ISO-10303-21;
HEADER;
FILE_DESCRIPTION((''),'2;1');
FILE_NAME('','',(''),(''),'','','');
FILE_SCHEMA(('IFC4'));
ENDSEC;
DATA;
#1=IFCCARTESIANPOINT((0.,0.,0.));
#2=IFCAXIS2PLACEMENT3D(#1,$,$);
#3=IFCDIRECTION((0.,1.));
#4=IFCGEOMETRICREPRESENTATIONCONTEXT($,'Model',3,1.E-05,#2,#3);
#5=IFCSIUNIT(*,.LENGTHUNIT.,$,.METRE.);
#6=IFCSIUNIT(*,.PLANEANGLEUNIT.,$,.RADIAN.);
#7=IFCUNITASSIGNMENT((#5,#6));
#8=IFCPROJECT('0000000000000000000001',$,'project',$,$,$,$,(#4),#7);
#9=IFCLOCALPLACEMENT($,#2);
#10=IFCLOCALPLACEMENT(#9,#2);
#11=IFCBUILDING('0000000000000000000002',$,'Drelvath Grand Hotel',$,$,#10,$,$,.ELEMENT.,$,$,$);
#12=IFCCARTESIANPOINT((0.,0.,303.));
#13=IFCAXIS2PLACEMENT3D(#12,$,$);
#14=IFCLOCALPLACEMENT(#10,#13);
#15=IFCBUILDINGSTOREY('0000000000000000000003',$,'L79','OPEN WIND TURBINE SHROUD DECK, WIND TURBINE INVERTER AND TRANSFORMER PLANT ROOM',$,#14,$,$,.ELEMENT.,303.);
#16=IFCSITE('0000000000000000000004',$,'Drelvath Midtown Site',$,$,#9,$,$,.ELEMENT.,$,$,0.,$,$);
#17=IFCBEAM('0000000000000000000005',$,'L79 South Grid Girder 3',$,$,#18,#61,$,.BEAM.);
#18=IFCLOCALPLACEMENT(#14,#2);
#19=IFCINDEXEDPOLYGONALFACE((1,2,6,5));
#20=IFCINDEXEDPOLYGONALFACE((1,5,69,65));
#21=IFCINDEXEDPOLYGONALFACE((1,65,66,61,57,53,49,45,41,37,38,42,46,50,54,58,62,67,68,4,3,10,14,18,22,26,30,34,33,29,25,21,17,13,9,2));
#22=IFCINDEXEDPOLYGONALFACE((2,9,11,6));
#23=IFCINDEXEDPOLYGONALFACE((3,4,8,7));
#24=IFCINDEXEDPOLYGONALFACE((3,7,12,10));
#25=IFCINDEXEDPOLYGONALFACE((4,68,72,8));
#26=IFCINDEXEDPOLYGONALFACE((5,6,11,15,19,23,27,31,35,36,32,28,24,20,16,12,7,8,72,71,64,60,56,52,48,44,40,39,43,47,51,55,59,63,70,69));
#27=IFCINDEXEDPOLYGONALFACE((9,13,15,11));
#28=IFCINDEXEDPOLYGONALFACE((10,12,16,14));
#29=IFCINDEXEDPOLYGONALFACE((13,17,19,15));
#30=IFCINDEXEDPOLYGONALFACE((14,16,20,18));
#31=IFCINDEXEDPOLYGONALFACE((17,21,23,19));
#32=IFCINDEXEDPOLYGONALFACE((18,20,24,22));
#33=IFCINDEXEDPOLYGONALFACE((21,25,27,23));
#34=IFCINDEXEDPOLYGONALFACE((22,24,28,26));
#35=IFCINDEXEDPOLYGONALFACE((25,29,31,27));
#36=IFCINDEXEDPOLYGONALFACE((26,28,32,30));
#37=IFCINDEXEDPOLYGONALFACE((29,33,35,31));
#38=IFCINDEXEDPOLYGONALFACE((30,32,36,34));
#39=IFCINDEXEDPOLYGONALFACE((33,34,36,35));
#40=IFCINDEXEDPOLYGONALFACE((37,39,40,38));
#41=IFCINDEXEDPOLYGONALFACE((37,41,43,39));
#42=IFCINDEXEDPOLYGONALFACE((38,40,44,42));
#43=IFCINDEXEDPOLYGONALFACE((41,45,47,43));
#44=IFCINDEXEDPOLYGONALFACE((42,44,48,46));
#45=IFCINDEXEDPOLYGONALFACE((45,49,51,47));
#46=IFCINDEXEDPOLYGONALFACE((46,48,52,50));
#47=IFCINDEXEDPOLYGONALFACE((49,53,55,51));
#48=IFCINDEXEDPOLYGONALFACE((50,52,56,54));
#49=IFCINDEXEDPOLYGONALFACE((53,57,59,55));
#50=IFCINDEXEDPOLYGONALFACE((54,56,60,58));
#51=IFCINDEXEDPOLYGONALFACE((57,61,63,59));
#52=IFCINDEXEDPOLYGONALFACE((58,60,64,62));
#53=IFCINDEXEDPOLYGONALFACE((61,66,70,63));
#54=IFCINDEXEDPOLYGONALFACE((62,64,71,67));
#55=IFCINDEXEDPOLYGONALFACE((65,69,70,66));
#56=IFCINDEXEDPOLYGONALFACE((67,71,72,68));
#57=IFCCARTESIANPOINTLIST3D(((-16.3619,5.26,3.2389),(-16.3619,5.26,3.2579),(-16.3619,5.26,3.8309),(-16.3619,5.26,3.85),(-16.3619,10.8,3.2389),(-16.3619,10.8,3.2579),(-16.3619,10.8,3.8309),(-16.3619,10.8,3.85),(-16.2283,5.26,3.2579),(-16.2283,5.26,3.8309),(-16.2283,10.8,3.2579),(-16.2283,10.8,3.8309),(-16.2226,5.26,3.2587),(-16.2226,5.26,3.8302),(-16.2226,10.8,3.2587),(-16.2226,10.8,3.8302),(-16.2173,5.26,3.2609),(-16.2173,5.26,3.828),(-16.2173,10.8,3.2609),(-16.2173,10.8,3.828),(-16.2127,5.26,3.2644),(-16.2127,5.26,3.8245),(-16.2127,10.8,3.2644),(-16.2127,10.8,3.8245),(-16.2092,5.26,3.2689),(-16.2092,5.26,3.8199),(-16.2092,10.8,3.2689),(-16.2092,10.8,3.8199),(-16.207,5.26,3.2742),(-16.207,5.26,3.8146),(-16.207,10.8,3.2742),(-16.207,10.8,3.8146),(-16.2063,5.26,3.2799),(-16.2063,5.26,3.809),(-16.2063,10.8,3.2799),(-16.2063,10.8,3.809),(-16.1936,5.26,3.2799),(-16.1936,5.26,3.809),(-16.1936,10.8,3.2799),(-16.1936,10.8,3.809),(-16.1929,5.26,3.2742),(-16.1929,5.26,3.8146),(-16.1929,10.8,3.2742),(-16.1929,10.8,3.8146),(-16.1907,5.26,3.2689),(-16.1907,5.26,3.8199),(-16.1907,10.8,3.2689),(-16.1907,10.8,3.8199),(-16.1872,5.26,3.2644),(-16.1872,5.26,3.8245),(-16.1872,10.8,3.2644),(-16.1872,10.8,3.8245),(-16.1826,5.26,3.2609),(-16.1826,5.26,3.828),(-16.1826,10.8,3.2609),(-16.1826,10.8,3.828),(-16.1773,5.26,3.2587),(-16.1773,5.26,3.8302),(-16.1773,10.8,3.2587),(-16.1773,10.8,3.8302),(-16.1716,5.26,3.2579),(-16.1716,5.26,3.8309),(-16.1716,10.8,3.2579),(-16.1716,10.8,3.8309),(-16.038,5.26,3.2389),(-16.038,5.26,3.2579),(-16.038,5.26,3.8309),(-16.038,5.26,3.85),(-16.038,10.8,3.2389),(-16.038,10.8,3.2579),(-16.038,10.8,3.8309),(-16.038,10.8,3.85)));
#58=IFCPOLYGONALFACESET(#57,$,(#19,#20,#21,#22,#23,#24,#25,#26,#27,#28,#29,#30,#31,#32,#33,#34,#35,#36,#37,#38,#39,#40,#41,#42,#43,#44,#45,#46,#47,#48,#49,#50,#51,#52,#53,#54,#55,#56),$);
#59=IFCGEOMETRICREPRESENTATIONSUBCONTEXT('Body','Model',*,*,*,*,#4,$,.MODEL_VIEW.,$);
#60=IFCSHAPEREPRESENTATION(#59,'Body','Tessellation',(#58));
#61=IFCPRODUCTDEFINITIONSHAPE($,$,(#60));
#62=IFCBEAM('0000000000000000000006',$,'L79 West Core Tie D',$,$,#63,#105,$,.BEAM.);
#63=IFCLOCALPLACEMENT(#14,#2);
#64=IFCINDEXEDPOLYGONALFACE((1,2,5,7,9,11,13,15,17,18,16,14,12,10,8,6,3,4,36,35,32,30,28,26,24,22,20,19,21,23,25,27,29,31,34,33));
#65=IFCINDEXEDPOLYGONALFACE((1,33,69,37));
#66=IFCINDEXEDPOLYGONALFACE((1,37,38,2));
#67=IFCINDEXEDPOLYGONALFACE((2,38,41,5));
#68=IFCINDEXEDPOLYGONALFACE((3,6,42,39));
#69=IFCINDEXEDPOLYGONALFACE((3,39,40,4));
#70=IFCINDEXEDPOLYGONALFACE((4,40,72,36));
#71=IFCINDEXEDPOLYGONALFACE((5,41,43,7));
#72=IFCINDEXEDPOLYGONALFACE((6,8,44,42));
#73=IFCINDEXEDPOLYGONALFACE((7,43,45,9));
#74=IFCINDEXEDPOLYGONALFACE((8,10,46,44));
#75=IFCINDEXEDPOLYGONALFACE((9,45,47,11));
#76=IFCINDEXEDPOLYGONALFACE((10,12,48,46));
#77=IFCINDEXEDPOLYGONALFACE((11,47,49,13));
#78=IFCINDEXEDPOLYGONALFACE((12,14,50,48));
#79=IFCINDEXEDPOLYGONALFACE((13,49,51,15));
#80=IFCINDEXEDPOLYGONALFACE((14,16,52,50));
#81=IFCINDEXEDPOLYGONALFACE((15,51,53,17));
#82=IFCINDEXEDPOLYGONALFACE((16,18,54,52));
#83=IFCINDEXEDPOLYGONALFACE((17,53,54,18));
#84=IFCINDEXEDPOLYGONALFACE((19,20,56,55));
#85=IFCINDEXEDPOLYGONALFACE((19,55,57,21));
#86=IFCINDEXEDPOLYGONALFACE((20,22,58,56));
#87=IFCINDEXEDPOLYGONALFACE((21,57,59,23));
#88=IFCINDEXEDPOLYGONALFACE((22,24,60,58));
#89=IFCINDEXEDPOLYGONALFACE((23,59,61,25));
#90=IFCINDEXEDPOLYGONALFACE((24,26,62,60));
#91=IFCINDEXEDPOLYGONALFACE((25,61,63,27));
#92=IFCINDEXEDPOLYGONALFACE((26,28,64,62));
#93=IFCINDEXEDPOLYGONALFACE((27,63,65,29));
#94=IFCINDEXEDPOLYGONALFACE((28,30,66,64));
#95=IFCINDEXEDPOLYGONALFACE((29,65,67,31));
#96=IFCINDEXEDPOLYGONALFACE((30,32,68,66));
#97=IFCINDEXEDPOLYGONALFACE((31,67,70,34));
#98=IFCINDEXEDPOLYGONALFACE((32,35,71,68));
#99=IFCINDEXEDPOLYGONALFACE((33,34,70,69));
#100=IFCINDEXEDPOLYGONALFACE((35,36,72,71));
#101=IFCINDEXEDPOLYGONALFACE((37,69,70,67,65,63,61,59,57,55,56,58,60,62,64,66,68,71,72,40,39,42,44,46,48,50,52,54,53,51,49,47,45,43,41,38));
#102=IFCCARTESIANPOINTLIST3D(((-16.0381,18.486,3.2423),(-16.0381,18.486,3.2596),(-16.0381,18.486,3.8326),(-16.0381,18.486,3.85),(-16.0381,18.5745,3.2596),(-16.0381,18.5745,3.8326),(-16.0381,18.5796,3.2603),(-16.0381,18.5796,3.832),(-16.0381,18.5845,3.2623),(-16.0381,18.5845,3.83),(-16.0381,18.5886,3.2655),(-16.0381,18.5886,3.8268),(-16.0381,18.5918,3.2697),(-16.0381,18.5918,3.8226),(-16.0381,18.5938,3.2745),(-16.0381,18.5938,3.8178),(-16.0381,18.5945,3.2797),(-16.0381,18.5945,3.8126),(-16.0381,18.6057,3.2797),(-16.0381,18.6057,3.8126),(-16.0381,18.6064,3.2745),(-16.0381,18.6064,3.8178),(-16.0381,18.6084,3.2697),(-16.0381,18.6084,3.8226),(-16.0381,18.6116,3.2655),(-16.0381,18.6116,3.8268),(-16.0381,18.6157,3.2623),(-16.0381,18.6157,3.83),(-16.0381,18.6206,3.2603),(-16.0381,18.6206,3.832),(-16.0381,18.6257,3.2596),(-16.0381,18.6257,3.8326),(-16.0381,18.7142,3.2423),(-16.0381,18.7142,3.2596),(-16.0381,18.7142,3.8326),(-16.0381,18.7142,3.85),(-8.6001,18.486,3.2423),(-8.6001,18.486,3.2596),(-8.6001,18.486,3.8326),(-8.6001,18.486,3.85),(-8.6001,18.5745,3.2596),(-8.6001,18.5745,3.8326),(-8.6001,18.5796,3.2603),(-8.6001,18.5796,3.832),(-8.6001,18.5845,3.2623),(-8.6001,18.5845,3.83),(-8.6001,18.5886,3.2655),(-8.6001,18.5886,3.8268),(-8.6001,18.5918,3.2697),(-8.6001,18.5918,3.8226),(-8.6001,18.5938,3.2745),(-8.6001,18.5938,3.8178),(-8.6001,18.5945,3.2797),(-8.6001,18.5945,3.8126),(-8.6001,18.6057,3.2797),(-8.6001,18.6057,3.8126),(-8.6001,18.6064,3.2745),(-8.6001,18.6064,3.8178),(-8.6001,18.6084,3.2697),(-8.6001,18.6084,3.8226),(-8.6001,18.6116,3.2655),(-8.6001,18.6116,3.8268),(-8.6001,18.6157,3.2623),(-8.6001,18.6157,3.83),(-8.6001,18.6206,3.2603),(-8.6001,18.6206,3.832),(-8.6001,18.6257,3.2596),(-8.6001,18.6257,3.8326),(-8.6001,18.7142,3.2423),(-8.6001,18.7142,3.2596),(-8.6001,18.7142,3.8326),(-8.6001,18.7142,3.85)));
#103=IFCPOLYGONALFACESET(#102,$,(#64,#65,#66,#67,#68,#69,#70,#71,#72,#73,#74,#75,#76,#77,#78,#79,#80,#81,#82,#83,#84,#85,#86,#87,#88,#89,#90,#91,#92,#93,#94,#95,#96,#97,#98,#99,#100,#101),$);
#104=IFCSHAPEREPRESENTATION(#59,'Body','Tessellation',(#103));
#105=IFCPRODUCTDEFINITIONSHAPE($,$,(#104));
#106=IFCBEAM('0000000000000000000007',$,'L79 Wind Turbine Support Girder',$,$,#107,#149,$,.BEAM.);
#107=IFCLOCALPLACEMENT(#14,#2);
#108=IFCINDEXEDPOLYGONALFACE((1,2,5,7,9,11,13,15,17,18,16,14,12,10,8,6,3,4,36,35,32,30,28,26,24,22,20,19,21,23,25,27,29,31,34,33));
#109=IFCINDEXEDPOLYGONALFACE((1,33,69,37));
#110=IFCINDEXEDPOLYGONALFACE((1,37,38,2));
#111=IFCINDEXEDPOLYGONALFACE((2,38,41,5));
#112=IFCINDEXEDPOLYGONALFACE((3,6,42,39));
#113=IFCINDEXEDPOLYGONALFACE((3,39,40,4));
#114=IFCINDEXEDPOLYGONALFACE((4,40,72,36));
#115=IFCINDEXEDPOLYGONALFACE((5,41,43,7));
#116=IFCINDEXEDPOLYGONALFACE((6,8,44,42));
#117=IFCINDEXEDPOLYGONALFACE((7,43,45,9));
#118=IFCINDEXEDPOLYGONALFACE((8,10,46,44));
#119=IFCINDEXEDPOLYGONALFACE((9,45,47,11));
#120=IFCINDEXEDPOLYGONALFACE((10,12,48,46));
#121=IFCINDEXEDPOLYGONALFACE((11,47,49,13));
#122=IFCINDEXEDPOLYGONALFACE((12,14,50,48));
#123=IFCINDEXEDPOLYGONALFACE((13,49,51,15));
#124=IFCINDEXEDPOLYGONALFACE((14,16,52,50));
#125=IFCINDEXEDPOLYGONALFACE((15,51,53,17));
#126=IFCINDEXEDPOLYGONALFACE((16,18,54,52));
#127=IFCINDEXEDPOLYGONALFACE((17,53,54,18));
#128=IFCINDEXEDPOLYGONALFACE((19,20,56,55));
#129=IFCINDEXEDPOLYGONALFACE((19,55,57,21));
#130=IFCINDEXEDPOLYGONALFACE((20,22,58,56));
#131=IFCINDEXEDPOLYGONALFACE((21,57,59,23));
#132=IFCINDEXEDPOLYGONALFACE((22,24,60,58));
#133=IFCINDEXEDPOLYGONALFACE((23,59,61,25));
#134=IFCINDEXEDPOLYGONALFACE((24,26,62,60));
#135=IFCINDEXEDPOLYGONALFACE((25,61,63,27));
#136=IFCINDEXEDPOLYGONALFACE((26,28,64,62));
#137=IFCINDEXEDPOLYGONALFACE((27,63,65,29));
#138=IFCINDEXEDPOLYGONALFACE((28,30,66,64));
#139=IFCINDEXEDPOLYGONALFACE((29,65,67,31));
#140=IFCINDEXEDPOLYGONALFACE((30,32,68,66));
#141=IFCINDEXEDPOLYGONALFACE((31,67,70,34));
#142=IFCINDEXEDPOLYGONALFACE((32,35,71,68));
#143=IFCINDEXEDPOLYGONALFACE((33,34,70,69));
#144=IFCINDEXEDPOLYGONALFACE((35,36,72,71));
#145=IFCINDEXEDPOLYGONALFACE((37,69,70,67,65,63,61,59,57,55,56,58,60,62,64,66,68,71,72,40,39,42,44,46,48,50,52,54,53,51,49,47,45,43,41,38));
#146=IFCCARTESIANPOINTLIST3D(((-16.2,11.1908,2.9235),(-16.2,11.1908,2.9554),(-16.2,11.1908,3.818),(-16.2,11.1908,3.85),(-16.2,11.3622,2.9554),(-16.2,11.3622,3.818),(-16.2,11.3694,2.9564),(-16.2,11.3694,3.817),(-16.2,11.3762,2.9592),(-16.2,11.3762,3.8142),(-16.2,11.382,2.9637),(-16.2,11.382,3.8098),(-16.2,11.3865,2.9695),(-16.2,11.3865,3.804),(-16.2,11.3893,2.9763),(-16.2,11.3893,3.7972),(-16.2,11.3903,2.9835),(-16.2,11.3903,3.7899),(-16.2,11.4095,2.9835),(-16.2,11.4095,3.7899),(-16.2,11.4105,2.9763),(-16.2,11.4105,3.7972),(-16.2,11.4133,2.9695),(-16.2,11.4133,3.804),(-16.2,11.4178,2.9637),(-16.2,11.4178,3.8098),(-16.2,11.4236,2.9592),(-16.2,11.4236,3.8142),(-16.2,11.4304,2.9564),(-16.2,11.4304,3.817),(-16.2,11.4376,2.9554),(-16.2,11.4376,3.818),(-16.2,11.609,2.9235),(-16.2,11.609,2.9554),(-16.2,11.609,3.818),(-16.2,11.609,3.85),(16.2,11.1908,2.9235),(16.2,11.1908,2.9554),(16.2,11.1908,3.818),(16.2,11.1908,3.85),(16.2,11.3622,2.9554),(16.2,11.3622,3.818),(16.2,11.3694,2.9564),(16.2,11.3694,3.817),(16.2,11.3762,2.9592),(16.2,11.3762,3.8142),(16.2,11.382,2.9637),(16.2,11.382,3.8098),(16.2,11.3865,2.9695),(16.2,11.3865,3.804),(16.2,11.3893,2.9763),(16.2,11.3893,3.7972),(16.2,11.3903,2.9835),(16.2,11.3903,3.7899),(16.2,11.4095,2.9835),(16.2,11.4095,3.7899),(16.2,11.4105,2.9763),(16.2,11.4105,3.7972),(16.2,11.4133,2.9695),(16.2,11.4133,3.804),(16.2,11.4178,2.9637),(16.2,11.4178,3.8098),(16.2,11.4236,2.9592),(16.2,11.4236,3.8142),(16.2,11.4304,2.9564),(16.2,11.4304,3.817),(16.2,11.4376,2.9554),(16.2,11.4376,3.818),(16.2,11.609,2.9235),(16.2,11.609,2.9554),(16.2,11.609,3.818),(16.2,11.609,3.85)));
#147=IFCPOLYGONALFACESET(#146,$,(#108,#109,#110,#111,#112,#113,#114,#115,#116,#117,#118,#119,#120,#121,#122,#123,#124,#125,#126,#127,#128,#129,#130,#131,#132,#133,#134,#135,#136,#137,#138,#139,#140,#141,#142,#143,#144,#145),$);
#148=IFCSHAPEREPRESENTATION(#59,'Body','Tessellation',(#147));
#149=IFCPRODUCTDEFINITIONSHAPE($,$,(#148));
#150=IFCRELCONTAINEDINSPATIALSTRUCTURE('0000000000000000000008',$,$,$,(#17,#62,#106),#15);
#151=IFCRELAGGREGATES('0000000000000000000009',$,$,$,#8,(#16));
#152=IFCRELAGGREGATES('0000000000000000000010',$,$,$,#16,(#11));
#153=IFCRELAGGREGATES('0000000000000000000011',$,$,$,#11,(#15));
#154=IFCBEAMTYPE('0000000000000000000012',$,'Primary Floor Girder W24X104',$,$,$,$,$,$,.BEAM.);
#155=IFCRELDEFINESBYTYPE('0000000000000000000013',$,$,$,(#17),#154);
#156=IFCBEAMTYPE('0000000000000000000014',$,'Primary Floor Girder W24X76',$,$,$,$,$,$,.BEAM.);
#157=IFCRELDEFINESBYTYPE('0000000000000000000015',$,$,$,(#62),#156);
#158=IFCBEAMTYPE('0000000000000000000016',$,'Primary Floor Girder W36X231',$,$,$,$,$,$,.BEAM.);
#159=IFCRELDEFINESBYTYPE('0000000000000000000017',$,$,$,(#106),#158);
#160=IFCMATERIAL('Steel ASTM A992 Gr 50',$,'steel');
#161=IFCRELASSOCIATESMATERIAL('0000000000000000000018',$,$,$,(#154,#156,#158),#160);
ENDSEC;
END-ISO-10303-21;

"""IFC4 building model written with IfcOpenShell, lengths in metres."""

from ifc_helpers import new_model, si_unit, direction, frame, origin, origin_2d, place, context, subcontext, project, spatial, i_section, extrude, material, material_profile, profile_set, type_object, element, save


model = new_model("IFC4")

# Units and contexts
model_context = context("Model", 3, precision=1e-05, world=origin(), true_north=direction((0.0, 1.0)))
body_context = subcontext(model_context, "Body", "Model", "MODEL_VIEW")
ifc_project = project(units=[si_unit("LENGTHUNIT", "METRE"), si_unit("PLANEANGLEUNIT", "RADIAN")], contexts=[model_context])

# Site, building, storey
site_placement = place(None, origin())
site = spatial("IfcSite", under=ifc_project, at=site_placement, Name="Drelvath Midtown Site", CompositionType="ELEMENT", RefElevation=0.0)
building_placement = place(site_placement, origin())
building = spatial("IfcBuilding", under=site, at=building_placement, Name="Drelvath Grand Hotel", CompositionType="ELEMENT")
storey_placement = place(building_placement, frame((0.0, 0.0, 303.0)))
storey = spatial("IfcBuildingStorey", under=building, at=storey_placement, Name="L79", Description="OPEN WIND TURBINE SHROUD DECK, WIND TURBINE INVERTER AND TRANSFORMER PLANT ROOM", CompositionType="ELEMENT", Elevation=303.0)

# Beams
ifc_material_1 = material(Name="Steel ASTM A992 Gr 50", Category="steel")
ifc_material_profile_1 = material_profile(ifc_material_1, i_section(OverallWidth=0.324, OverallDepth=0.6111, WebThickness=0.0127, FlangeThickness=0.019, FilletRadius=0.022, at=origin_2d()), Name="W24X104")
ifc_profile_set_1 = profile_set([ifc_material_profile_1], Name="Steel ASTM A992 Gr 50")
beam_type_1 = type_object("IfcBeamType", Name="Primary Floor Girder W24X104", PredefinedType="BEAM", material=ifc_profile_set_1)
beam_1_placement = place(storey_placement, frame((-16.2, 5.26, 3.5444), z_axis=(0.0, 1.0, 0.0), x_axis=(-1.0, 0.0, 0.0)))
element("IfcBeam", 1, at=beam_1_placement, inside=storey, type_object=beam_type_1, Name="L79 South Grid Girder 3", PredefinedType="BEAM", context=body_context, shape_type="SweptSolid", body=[
    extrude(i_section(OverallWidth=0.324, OverallDepth=0.6111, WebThickness=0.0127, FlangeThickness=0.019, FilletRadius=0.022, at=origin_2d()), origin(), (0.0, 0.0, 1.0), 5.54),
])
ifc_material_profile_2 = material_profile(ifc_material_1, i_section(OverallWidth=0.2283, OverallDepth=0.6077, WebThickness=0.0112, FlangeThickness=0.0173, FilletRadius=0.02, at=origin_2d()), Name="W24X76")
ifc_profile_set_2 = profile_set([ifc_material_profile_2], Name="Steel ASTM A992 Gr 50")
beam_type_2 = type_object("IfcBeamType", Name="Primary Floor Girder W24X76", PredefinedType="BEAM", material=ifc_profile_set_2)
beam_2_placement = place(storey_placement, frame((-16.0381, 18.6001, 3.5461), z_axis=(1.0, 0.0, 0.0), x_axis=(0.0, 1.0, 0.0)))
element("IfcBeam", 2, at=beam_2_placement, inside=storey, type_object=beam_type_2, Name="L79 West Core Tie D", PredefinedType="BEAM", context=body_context, shape_type="SweptSolid", body=[
    extrude(i_section(OverallWidth=0.2283, OverallDepth=0.6077, WebThickness=0.0112, FlangeThickness=0.0173, FilletRadius=0.02, at=origin_2d()), origin(), (0.0, 0.0, 1.0), 7.438),
])
ifc_material_profile_3 = material_profile(ifc_material_1, i_section(OverallWidth=0.4182, OverallDepth=0.9265, WebThickness=0.0193, FlangeThickness=0.032, FilletRadius=0.0281, at=origin_2d()), Name="W36X231")
ifc_profile_set_3 = profile_set([ifc_material_profile_3], Name="Steel ASTM A992 Gr 50")
beam_type_3 = type_object("IfcBeamType", Name="Primary Floor Girder W36X231", PredefinedType="BEAM", material=ifc_profile_set_3)
beam_3_placement = place(storey_placement, frame((-16.2, 11.3999, 3.3867), z_axis=(1.0, 0.0, 0.0), x_axis=(0.0, 1.0, 0.0)))
element("IfcBeam", 3, at=beam_3_placement, inside=storey, type_object=beam_type_3, Name="L79 Wind Turbine Support Girder", PredefinedType="BEAM", context=body_context, shape_type="SweptSolid", body=[
    extrude(i_section(OverallWidth=0.4182, OverallDepth=0.9265, WebThickness=0.0193, FlangeThickness=0.032, FilletRadius=0.0281, at=origin_2d()), origin(), (0.0, 0.0, 1.0), 32.3999),
])

save(model, "model.ifc")
